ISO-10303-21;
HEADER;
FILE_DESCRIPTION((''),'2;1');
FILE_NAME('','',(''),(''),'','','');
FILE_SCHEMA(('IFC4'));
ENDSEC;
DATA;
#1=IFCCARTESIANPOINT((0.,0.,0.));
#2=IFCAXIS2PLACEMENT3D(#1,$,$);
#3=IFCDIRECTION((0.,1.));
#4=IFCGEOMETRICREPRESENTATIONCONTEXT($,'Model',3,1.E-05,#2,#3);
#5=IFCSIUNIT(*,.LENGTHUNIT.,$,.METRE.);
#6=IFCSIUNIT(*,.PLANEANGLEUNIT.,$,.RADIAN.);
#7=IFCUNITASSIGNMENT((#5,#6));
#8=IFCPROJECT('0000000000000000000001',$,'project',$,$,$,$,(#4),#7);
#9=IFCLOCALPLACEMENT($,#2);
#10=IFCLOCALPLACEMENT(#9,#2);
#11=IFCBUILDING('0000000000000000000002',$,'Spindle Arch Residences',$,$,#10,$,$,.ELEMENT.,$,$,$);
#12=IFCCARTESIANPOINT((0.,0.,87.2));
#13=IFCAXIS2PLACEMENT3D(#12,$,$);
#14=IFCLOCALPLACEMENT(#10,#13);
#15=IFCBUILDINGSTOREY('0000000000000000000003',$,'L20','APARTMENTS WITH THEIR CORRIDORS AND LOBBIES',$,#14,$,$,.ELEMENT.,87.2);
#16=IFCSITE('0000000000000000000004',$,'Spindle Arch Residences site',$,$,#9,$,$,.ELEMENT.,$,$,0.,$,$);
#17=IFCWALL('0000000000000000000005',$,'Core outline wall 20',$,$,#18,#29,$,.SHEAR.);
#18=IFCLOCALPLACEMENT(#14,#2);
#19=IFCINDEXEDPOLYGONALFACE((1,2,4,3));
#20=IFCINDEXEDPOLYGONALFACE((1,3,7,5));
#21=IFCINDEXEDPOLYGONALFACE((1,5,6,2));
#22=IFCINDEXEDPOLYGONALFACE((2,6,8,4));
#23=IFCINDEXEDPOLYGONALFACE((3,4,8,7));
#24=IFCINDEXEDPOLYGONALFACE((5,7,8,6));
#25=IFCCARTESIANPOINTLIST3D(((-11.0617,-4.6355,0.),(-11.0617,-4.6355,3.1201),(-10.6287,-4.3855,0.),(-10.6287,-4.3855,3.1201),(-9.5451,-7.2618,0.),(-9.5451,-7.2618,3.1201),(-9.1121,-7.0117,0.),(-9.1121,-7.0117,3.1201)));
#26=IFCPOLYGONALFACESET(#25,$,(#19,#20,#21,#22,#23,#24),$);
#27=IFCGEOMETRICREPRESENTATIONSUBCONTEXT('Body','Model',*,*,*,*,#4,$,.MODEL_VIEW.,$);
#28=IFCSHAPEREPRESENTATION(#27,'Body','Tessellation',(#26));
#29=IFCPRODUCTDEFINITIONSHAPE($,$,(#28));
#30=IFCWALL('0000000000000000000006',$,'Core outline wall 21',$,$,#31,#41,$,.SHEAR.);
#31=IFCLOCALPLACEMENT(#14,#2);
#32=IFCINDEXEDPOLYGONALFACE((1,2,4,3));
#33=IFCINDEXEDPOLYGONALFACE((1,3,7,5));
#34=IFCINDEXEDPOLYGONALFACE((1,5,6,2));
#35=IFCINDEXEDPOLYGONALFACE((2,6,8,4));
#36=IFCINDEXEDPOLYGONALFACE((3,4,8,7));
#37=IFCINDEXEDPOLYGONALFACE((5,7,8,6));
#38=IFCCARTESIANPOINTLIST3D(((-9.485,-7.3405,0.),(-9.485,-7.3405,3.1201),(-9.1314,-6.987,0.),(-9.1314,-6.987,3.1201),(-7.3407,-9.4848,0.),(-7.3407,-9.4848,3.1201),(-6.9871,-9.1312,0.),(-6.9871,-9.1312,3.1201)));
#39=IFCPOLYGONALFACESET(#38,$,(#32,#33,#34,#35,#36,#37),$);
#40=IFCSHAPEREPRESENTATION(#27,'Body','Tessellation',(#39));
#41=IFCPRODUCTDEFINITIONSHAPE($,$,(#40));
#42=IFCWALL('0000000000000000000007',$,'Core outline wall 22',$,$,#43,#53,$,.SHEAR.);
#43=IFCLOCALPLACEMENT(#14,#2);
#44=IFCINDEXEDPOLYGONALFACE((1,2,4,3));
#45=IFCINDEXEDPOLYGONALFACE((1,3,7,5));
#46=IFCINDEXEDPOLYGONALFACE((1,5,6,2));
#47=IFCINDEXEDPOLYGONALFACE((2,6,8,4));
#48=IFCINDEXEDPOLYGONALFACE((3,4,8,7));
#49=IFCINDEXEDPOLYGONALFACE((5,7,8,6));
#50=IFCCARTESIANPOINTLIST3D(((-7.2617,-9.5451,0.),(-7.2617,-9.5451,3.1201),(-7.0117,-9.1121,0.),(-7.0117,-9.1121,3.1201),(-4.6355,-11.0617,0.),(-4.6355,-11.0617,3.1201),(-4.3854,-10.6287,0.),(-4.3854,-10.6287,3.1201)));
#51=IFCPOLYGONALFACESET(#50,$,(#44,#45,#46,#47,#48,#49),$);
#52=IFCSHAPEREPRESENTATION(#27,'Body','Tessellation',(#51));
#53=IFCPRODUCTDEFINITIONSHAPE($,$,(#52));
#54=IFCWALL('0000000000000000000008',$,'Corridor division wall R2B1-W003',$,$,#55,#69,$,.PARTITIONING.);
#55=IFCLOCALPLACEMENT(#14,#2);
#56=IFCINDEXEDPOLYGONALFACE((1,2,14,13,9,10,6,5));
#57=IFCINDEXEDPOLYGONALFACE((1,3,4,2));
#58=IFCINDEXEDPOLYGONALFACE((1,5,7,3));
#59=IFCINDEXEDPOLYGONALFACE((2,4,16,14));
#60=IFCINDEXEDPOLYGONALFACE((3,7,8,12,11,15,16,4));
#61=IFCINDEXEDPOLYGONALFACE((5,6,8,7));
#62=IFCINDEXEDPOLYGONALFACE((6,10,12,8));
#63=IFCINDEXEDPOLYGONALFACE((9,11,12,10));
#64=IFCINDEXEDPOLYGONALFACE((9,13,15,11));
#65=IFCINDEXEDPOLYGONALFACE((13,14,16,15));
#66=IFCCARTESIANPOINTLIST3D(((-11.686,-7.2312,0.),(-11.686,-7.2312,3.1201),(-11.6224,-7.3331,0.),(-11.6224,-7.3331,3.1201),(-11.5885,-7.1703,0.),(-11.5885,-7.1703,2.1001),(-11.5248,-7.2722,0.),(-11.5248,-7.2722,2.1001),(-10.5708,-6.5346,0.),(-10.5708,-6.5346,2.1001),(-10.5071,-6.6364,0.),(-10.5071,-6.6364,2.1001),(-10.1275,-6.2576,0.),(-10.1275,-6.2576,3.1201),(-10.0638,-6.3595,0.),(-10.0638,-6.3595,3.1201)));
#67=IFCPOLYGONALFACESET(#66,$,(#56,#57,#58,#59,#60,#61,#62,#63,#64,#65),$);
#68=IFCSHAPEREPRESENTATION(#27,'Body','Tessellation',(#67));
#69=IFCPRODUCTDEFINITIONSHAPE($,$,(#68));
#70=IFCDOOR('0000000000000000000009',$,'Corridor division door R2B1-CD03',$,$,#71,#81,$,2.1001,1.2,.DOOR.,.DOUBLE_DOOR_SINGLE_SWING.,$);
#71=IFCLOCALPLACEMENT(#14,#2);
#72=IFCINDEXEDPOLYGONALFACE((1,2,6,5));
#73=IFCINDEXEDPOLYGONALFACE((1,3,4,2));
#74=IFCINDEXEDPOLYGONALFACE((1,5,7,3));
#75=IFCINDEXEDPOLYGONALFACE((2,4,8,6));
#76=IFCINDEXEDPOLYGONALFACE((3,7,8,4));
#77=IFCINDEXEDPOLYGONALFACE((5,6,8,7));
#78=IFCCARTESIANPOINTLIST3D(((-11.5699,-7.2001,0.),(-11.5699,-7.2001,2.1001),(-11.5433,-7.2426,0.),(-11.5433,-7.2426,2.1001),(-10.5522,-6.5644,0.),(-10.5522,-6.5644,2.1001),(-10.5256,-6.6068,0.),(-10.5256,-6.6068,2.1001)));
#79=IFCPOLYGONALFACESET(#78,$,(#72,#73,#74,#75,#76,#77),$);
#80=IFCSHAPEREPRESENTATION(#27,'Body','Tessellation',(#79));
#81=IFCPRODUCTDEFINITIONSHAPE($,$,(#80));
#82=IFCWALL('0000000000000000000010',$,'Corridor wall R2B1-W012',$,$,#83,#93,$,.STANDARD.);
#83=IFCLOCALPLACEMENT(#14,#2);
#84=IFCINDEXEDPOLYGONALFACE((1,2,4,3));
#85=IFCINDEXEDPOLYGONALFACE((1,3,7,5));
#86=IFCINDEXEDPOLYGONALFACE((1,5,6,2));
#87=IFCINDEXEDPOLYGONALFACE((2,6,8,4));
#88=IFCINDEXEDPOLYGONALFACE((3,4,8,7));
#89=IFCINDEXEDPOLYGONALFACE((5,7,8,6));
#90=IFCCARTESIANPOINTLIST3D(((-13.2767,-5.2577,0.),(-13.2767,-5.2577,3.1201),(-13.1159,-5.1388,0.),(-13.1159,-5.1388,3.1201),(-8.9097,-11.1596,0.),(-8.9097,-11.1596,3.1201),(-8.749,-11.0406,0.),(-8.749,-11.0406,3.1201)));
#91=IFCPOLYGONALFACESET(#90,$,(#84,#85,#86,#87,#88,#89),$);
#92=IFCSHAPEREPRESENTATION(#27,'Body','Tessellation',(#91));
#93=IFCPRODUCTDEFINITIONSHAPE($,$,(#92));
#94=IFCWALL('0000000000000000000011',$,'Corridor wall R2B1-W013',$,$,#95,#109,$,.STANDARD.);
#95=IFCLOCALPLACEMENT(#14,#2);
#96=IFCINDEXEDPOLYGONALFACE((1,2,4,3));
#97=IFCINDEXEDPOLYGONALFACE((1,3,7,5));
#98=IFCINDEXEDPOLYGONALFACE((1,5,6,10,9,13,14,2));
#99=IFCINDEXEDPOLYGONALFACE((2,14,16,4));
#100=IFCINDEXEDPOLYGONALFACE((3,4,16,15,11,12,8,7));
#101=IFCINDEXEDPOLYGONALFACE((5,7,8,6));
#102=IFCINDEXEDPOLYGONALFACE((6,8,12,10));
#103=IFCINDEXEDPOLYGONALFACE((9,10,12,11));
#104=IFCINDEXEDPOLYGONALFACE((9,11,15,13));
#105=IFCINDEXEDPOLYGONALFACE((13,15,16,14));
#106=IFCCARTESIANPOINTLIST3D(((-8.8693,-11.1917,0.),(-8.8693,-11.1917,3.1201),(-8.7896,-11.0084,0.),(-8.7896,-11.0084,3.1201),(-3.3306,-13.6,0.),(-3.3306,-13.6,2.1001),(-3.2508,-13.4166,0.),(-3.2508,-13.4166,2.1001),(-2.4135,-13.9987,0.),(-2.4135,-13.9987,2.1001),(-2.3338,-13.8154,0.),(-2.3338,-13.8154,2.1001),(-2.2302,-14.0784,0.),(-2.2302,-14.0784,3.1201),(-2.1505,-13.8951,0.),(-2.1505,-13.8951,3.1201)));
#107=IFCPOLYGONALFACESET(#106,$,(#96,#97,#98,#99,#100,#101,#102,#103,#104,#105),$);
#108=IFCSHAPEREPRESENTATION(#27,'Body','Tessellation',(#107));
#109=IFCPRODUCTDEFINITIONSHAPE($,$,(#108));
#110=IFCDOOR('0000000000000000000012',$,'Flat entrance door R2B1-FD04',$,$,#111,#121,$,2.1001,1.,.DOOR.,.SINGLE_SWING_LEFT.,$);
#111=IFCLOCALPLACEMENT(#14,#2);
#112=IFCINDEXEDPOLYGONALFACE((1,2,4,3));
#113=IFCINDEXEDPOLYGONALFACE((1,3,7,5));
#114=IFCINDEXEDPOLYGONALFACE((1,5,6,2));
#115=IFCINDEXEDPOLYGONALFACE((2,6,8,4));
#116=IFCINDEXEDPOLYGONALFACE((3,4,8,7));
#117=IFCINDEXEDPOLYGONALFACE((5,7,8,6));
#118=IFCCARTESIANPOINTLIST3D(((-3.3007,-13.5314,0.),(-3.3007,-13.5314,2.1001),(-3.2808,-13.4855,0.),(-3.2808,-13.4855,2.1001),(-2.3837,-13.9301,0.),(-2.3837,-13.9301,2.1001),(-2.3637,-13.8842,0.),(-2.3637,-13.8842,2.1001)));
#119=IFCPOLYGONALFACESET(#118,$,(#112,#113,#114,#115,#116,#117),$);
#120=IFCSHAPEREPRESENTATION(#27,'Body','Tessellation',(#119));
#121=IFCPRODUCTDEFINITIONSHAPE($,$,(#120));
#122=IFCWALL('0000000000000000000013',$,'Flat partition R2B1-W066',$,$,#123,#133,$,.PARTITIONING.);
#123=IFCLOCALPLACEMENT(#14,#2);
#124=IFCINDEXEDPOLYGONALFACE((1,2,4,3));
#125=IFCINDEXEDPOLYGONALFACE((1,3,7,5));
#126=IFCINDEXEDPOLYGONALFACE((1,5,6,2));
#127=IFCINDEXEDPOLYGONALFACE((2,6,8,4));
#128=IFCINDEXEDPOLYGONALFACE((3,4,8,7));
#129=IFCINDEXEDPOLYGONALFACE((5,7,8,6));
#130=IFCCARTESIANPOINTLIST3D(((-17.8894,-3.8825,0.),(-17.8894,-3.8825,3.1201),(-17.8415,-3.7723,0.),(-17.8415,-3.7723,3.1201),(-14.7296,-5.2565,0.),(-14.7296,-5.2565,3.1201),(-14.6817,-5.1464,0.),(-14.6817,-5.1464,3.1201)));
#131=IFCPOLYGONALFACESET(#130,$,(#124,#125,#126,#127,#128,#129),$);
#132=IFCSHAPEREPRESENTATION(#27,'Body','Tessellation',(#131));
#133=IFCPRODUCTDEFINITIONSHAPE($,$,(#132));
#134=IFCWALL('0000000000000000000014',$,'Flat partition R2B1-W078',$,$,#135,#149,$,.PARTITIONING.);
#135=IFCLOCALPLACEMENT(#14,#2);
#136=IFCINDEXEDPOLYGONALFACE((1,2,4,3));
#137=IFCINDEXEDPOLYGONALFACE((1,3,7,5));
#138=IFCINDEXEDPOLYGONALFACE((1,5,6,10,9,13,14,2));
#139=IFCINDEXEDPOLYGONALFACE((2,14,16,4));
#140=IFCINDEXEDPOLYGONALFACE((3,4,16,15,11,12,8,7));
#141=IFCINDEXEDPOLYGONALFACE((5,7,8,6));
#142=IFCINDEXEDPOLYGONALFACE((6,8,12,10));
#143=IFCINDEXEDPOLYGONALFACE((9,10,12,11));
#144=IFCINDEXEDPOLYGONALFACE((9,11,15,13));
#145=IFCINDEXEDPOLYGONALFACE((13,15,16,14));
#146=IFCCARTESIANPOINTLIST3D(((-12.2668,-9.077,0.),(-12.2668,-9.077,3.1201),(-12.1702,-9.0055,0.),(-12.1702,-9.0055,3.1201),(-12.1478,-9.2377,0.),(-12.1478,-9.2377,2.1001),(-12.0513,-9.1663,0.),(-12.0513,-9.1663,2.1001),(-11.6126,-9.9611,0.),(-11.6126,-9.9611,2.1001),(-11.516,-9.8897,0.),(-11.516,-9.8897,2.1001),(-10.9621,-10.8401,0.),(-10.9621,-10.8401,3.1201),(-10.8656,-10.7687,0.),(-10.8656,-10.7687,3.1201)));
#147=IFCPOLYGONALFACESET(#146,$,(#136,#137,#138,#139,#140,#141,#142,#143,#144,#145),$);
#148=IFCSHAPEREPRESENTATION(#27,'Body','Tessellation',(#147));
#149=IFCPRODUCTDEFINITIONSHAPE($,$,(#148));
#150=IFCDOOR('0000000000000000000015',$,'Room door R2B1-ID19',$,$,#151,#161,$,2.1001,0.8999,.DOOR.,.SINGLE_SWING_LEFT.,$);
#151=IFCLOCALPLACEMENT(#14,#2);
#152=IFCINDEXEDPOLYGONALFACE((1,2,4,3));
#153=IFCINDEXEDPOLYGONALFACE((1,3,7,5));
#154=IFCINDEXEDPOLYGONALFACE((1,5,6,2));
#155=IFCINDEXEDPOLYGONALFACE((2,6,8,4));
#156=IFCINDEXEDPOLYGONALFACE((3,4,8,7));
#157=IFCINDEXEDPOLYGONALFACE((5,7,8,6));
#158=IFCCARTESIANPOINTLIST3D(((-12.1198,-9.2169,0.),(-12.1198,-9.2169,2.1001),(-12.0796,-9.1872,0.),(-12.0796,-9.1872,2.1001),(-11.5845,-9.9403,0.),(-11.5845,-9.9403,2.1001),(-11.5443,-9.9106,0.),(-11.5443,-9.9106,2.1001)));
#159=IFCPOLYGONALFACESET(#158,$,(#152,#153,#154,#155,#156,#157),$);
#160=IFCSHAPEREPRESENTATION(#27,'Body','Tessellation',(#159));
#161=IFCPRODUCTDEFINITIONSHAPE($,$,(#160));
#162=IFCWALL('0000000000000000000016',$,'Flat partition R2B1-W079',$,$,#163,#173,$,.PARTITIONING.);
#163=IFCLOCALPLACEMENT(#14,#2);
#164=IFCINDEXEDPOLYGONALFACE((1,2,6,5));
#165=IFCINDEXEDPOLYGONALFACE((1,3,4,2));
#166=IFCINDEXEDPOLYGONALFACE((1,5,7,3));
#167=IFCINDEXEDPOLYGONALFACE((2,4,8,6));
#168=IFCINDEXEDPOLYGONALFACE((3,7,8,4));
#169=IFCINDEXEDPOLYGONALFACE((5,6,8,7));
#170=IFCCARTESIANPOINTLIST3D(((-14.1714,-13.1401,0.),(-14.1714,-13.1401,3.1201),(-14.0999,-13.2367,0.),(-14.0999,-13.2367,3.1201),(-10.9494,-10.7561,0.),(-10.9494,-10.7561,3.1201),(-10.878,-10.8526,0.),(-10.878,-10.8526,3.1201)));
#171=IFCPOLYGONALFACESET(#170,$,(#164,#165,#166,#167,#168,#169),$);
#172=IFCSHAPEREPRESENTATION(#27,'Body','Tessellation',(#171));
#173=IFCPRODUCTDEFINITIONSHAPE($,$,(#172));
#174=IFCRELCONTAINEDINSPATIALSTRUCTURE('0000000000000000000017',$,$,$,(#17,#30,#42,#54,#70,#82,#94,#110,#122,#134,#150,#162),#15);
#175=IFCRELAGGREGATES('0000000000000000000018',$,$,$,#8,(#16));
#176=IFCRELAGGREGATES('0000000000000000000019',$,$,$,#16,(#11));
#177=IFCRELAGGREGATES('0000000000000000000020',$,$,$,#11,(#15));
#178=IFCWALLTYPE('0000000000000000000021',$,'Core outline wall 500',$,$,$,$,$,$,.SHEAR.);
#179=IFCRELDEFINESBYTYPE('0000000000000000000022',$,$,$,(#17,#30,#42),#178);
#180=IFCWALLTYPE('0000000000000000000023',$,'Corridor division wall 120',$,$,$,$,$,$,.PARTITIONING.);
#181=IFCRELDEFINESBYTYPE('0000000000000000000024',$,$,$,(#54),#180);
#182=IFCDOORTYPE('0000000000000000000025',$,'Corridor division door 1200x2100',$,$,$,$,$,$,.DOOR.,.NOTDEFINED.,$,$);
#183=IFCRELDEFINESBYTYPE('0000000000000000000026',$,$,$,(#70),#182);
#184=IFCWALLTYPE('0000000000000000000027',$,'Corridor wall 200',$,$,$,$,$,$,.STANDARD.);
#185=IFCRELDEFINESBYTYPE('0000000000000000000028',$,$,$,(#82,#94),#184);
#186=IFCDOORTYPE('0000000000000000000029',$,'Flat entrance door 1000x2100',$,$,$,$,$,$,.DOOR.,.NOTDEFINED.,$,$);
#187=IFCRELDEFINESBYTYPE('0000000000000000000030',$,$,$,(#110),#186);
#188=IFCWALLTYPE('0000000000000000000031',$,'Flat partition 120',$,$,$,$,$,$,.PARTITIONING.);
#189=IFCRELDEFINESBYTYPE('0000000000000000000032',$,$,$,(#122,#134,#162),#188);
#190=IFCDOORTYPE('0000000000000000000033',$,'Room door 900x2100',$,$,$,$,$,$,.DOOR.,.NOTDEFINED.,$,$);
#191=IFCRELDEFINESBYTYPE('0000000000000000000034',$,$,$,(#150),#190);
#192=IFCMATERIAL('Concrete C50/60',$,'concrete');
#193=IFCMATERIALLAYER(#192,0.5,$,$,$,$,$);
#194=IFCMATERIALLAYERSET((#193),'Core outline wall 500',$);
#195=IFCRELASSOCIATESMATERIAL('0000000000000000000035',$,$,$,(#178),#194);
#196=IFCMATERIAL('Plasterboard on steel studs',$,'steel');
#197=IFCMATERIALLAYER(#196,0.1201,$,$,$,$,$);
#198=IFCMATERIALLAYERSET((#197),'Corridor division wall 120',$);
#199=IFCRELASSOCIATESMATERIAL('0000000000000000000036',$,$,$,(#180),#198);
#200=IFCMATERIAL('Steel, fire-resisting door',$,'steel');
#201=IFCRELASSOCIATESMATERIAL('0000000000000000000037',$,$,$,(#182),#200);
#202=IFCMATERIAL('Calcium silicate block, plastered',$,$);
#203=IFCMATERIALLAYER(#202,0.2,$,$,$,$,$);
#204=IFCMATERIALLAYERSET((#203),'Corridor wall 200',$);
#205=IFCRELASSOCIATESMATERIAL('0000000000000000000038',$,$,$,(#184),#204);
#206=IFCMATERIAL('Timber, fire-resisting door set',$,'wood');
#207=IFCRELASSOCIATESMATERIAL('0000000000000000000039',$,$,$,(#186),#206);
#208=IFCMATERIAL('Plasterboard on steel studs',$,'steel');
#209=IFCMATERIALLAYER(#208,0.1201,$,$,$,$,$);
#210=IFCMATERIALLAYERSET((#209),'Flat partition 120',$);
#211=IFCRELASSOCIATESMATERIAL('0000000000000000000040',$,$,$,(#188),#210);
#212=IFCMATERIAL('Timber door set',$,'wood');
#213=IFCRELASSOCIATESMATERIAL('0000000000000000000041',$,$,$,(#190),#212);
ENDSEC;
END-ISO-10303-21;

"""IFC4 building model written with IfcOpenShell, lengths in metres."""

from ifc_helpers import new_model, si_unit, direction, frame, frame_2d, origin, place, context, subcontext, project, spatial, rectangle, extrude, material, layer, layer_set, type_object, element, fill, save


model = new_model("IFC4")

# Units and contexts
model_context = context("Model", 3, precision=1e-05, world=origin(), true_north=direction((0.0, 1.0)))
body_context = subcontext(model_context, "Body", "Model", "MODEL_VIEW")
ifc_project = project(units=[si_unit("LENGTHUNIT", "METRE"), si_unit("PLANEANGLEUNIT", "RADIAN")], contexts=[model_context])

# Site, building, storey
site_placement = place(None, origin())
site = spatial("IfcSite", under=ifc_project, at=site_placement, Name="Spindle Arch Residences site", CompositionType="ELEMENT", RefElevation=0.0)
building_placement = place(site_placement, origin())
building = spatial("IfcBuilding", under=site, at=building_placement, Name="Spindle Arch Residences", CompositionType="ELEMENT")
storey_placement = place(building_placement, frame((0.0, 0.0, 87.2)))
storey = spatial("IfcBuildingStorey", under=building, at=storey_placement, Name="L20", Description="APARTMENTS WITH THEIR CORRIDORS AND LOBBIES", CompositionType="ELEMENT", Elevation=87.2)

# Walls
ifc_material_1 = material(Name="Concrete C50/60", Category="concrete")
ifc_layer_1 = layer(ifc_material_1, 0.5)
ifc_layer_set_1 = layer_set([ifc_layer_1], Name="Core outline wall 500")
wall_type_1 = type_object("IfcWallType", Name="Core outline wall 500", PredefinedType="SHEAR", material=ifc_layer_set_1)
wall_1_placement = place(storey_placement, frame((-10.8452, -4.5105, 0.0), z_axis=(0.0, 0.0, 1.0), x_axis=(0.500087, -0.865975, 0.0)))
element("IfcWall", 1, at=wall_1_placement, inside=storey, type_object=wall_type_1, Name="Core outline wall 20", PredefinedType="SHEAR", context=body_context, shape_type="SweptSolid", body=[
    extrude(rectangle(XDim=3.0327, YDim=0.5, at=frame_2d((1.5164, 0.0))), origin(), (0.0, 0.0, 1.0), 3.1201),
])
wall_2_placement = place(storey_placement, frame((-9.3081, -7.1638, 0.0), z_axis=(0.0, 0.0, 1.0), x_axis=(0.707107, -0.707107, 0.0)))
element("IfcWall", 2, at=wall_2_placement, inside=storey, type_object=wall_type_1, Name="Core outline wall 21", PredefinedType="SHEAR", context=body_context, shape_type="SweptSolid", body=[
    extrude(rectangle(XDim=3.0325, YDim=0.5, at=frame_2d((1.5161, 0.0))), origin(), (0.0, 0.0, 1.0), 3.1201),
])
wall_3_placement = place(storey_placement, frame((-7.1367, -9.3286, 0.0), z_axis=(0.0, 0.0, 1.0), x_axis=(0.865975, -0.500087, 0.0)))
element("IfcWall", 3, at=wall_3_placement, inside=storey, type_object=wall_type_1, Name="Core outline wall 22", PredefinedType="SHEAR", context=body_context, shape_type="SweptSolid", body=[
    extrude(rectangle(XDim=3.0327, YDim=0.5, at=frame_2d((1.5164, 0.0))), origin(), (0.0, 0.0, 1.0), 3.1201),
])

# Wall, opening, door
ifc_material_2 = material(Name="Plasterboard on steel studs", Category="steel")
ifc_layer_2 = layer(ifc_material_2, 0.1201)
ifc_layer_set_2 = layer_set([ifc_layer_2], Name="Corridor division wall 120")
wall_type_2 = type_object("IfcWallType", Name="Corridor division wall 120", PredefinedType="PARTITIONING", material=ifc_layer_set_2)
wall_4_placement = place(storey_placement, frame((-11.6543, -7.2822, 0.0), z_axis=(0.0, 0.0, 1.0), x_axis=(0.848118, 0.529808, 0.0)))
wall_4 = element("IfcWall", 4, at=wall_4_placement, inside=storey, type_object=wall_type_2, Name="Corridor division wall R2B1-W003", PredefinedType="PARTITIONING", context=body_context, shape_type="SweptSolid", body=[
    extrude(rectangle(XDim=1.8376, YDim=0.1201, at=frame_2d((0.9189, 0.0))), origin(), (0.0, 0.0, 1.0), 3.1201),
])
opening_1_placement = place(wall_4_placement, frame((0.115, 0.0, 0.0)))
opening_1 = element("IfcOpeningElement", 5, at=opening_1_placement, cuts=wall_4, PredefinedType="OPENING", context=body_context, shape_type="SweptSolid", body=[
    extrude(rectangle(XDim=1.2, YDim=2.1001, at=frame_2d((0.6001, 1.05))), frame((0.0, 0.0701, 0.0), z_axis=(0.0, -1.0, 0.0), x_axis=(1.0, 0.0, 0.0)), (0.0, 0.0, 1.0), 0.1401),
])
ifc_material_3 = material(Name="Steel, fire-resisting door", Category="steel")
door_type_1 = type_object("IfcDoorType", Name="Corridor division door 1200x2100", OperationType="NOTDEFINED", PredefinedType="DOOR", material=ifc_material_3)
door_1_placement = place(opening_1_placement, origin())
door_1 = element("IfcDoor", 6, at=door_1_placement, inside=storey, type_object=door_type_1, Name="Corridor division door R2B1-CD03", OperationType="DOUBLE_DOOR_SINGLE_SWING", OverallHeight=2.1001, OverallWidth=1.2, PredefinedType="DOOR", context=body_context, shape_type="SweptSolid", body=[
    extrude(rectangle(XDim=1.2, YDim=2.1001, at=frame_2d((0.6001, 1.05))), frame((0.0, 0.0249, 0.0), z_axis=(0.0, -1.0, 0.0), x_axis=(1.0, 0.0, 0.0)), (0.0, 0.0, 1.0), 0.05),
])
fill(opening_1, door_1)

# Wall
ifc_material_4 = material(Name="Calcium silicate block, plastered")
ifc_layer_3 = layer(ifc_material_4, 0.2)
ifc_layer_set_3 = layer_set([ifc_layer_3], Name="Corridor wall 200")
wall_type_3 = type_object("IfcWallType", Name="Corridor wall 200", PredefinedType="STANDARD", material=ifc_layer_set_3)
wall_5_placement = place(storey_placement, frame((-13.1963, -5.1982, 0.0), z_axis=(0.0, 0.0, 1.0), x_axis=(0.594805, -0.80387, 0.0)))
element("IfcWall", 7, at=wall_5_placement, inside=storey, type_object=wall_type_3, Name="Corridor wall R2B1-W012", PredefinedType="STANDARD", context=body_context, shape_type="SweptSolid", body=[
    extrude(rectangle(XDim=7.3418, YDim=0.2, at=frame_2d((3.6709, 0.0))), origin(), (0.0, 0.0, 1.0), 3.1201),
])

# Wall, opening, door
wall_6_placement = place(storey_placement, frame((-8.8293, -11.1001, 0.0), z_axis=(0.0, 0.0, 1.0), x_axis=(0.917064, -0.398741, 0.0)))
wall_6 = element("IfcWall", 8, at=wall_6_placement, inside=storey, type_object=wall_type_3, Name="Corridor wall R2B1-W013", PredefinedType="STANDARD", context=body_context, shape_type="SweptSolid", body=[
    extrude(rectangle(XDim=7.2395, YDim=0.2, at=frame_2d((3.6196, 0.0))), origin(), (0.0, 0.0, 1.0), 3.1201),
])
opening_2_placement = place(wall_6_placement, frame((6.0396, 0.0, 0.0)))
opening_2 = element("IfcOpeningElement", 9, at=opening_2_placement, cuts=wall_6, PredefinedType="OPENING", context=body_context, shape_type="SweptSolid", body=[
    extrude(rectangle(XDim=1.0, YDim=2.1001, at=frame_2d((0.5, 1.05))), frame((0.0, 0.1099, 0.0), z_axis=(0.0, -1.0, 0.0), x_axis=(1.0, 0.0, 0.0)), (0.0, 0.0, 1.0), 0.22),
])
ifc_material_5 = material(Name="Timber, fire-resisting door set", Category="wood")
door_type_2 = type_object("IfcDoorType", Name="Flat entrance door 1000x2100", OperationType="NOTDEFINED", PredefinedType="DOOR", material=ifc_material_5)
door_2_placement = place(opening_2_placement, origin())
door_2 = element("IfcDoor", 10, at=door_2_placement, inside=storey, type_object=door_type_2, Name="Flat entrance door R2B1-FD04", OperationType="SINGLE_SWING_LEFT", OverallHeight=2.1001, OverallWidth=1.0, PredefinedType="DOOR", context=body_context, shape_type="SweptSolid", body=[
    extrude(rectangle(XDim=1.0, YDim=2.1001, at=frame_2d((0.5, 1.05))), frame((0.0, 0.0249, 0.0), z_axis=(0.0, -1.0, 0.0), x_axis=(1.0, 0.0, 0.0)), (0.0, 0.0, 1.0), 0.05),
])
fill(opening_2, door_2)

# Wall
ifc_material_6 = material(Name="Plasterboard on steel studs", Category="steel")
ifc_layer_4 = layer(ifc_material_6, 0.1201)
ifc_layer_set_4 = layer_set([ifc_layer_4], Name="Flat partition 120")
wall_type_4 = type_object("IfcWallType", Name="Flat partition 120", PredefinedType="PARTITIONING", material=ifc_layer_set_4)
wall_7_placement = place(storey_placement, frame((-14.7058, -5.2014, 0.0), z_axis=(0.0, 0.0, 1.0), x_axis=(-0.917043, 0.398788, 0.0)))
element("IfcWall", 11, at=wall_7_placement, inside=storey, type_object=wall_type_4, Name="Flat partition R2B1-W066", PredefinedType="PARTITIONING", context=body_context, shape_type="SweptSolid", body=[
    extrude(rectangle(XDim=3.4456, YDim=0.1201, at=frame_2d((1.7227, 0.0))), origin(), (0.0, 0.0, 1.0), 3.1201),
])

# Wall, opening, door
wall_8_placement = place(storey_placement, frame((-12.2185, -9.0413, 0.0), z_axis=(0.0, 0.0, 1.0), x_axis=(0.594823, -0.803857, 0.0)))
wall_8 = element("IfcWall", 12, at=wall_8_placement, inside=storey, type_object=wall_type_4, Name="Flat partition R2B1-W078", PredefinedType="PARTITIONING", context=body_context, shape_type="SweptSolid", body=[
    extrude(rectangle(XDim=2.1934, YDim=0.1201, at=frame_2d((1.0967, 0.0))), origin(), (0.0, 0.0, 1.0), 3.1201),
])
opening_3_placement = place(wall_8_placement, frame((0.2, 0.0, 0.0)))
opening_3 = element("IfcOpeningElement", 13, at=opening_3_placement, cuts=wall_8, PredefinedType="OPENING", context=body_context, shape_type="SweptSolid", body=[
    extrude(rectangle(XDim=0.8999, YDim=2.1001, at=frame_2d((0.45, 1.05))), frame((0.0, 0.0701, 0.0), z_axis=(0.0, -1.0, 0.0), x_axis=(1.0, 0.0, 0.0)), (0.0, 0.0, 1.0), 0.1401),
])
ifc_material_7 = material(Name="Timber door set", Category="wood")
door_type_3 = type_object("IfcDoorType", Name="Room door 900x2100", OperationType="NOTDEFINED", PredefinedType="DOOR", material=ifc_material_7)
door_3_placement = place(opening_3_placement, origin())
door_3 = element("IfcDoor", 14, at=door_3_placement, inside=storey, type_object=door_type_3, Name="Room door R2B1-ID19", OperationType="SINGLE_SWING_LEFT", OverallHeight=2.1001, OverallWidth=0.8999, PredefinedType="DOOR", context=body_context, shape_type="SweptSolid", body=[
    extrude(rectangle(XDim=0.8999, YDim=2.1001, at=frame_2d((0.45, 1.05))), frame((0.0, 0.0249, 0.0), z_axis=(0.0, -1.0, 0.0), x_axis=(1.0, 0.0, 0.0)), (0.0, 0.0, 1.0), 0.05),
])
fill(opening_3, door_3)

# Wall
wall_9_placement = place(storey_placement, frame((-10.9138, -10.8044, 0.0), z_axis=(0.0, 0.0, 1.0), x_axis=(-0.803865, -0.594812, 0.0)))
element("IfcWall", 15, at=wall_9_placement, inside=storey, type_object=wall_type_4, Name="Flat partition R2B1-W079", PredefinedType="PARTITIONING", context=body_context, shape_type="SweptSolid", body=[
    extrude(rectangle(XDim=4.0081, YDim=0.1201, at=frame_2d((2.0039, 0.0))), origin(), (0.0, 0.0, 1.0), 3.1201),
])

save(model, "model.ifc")
